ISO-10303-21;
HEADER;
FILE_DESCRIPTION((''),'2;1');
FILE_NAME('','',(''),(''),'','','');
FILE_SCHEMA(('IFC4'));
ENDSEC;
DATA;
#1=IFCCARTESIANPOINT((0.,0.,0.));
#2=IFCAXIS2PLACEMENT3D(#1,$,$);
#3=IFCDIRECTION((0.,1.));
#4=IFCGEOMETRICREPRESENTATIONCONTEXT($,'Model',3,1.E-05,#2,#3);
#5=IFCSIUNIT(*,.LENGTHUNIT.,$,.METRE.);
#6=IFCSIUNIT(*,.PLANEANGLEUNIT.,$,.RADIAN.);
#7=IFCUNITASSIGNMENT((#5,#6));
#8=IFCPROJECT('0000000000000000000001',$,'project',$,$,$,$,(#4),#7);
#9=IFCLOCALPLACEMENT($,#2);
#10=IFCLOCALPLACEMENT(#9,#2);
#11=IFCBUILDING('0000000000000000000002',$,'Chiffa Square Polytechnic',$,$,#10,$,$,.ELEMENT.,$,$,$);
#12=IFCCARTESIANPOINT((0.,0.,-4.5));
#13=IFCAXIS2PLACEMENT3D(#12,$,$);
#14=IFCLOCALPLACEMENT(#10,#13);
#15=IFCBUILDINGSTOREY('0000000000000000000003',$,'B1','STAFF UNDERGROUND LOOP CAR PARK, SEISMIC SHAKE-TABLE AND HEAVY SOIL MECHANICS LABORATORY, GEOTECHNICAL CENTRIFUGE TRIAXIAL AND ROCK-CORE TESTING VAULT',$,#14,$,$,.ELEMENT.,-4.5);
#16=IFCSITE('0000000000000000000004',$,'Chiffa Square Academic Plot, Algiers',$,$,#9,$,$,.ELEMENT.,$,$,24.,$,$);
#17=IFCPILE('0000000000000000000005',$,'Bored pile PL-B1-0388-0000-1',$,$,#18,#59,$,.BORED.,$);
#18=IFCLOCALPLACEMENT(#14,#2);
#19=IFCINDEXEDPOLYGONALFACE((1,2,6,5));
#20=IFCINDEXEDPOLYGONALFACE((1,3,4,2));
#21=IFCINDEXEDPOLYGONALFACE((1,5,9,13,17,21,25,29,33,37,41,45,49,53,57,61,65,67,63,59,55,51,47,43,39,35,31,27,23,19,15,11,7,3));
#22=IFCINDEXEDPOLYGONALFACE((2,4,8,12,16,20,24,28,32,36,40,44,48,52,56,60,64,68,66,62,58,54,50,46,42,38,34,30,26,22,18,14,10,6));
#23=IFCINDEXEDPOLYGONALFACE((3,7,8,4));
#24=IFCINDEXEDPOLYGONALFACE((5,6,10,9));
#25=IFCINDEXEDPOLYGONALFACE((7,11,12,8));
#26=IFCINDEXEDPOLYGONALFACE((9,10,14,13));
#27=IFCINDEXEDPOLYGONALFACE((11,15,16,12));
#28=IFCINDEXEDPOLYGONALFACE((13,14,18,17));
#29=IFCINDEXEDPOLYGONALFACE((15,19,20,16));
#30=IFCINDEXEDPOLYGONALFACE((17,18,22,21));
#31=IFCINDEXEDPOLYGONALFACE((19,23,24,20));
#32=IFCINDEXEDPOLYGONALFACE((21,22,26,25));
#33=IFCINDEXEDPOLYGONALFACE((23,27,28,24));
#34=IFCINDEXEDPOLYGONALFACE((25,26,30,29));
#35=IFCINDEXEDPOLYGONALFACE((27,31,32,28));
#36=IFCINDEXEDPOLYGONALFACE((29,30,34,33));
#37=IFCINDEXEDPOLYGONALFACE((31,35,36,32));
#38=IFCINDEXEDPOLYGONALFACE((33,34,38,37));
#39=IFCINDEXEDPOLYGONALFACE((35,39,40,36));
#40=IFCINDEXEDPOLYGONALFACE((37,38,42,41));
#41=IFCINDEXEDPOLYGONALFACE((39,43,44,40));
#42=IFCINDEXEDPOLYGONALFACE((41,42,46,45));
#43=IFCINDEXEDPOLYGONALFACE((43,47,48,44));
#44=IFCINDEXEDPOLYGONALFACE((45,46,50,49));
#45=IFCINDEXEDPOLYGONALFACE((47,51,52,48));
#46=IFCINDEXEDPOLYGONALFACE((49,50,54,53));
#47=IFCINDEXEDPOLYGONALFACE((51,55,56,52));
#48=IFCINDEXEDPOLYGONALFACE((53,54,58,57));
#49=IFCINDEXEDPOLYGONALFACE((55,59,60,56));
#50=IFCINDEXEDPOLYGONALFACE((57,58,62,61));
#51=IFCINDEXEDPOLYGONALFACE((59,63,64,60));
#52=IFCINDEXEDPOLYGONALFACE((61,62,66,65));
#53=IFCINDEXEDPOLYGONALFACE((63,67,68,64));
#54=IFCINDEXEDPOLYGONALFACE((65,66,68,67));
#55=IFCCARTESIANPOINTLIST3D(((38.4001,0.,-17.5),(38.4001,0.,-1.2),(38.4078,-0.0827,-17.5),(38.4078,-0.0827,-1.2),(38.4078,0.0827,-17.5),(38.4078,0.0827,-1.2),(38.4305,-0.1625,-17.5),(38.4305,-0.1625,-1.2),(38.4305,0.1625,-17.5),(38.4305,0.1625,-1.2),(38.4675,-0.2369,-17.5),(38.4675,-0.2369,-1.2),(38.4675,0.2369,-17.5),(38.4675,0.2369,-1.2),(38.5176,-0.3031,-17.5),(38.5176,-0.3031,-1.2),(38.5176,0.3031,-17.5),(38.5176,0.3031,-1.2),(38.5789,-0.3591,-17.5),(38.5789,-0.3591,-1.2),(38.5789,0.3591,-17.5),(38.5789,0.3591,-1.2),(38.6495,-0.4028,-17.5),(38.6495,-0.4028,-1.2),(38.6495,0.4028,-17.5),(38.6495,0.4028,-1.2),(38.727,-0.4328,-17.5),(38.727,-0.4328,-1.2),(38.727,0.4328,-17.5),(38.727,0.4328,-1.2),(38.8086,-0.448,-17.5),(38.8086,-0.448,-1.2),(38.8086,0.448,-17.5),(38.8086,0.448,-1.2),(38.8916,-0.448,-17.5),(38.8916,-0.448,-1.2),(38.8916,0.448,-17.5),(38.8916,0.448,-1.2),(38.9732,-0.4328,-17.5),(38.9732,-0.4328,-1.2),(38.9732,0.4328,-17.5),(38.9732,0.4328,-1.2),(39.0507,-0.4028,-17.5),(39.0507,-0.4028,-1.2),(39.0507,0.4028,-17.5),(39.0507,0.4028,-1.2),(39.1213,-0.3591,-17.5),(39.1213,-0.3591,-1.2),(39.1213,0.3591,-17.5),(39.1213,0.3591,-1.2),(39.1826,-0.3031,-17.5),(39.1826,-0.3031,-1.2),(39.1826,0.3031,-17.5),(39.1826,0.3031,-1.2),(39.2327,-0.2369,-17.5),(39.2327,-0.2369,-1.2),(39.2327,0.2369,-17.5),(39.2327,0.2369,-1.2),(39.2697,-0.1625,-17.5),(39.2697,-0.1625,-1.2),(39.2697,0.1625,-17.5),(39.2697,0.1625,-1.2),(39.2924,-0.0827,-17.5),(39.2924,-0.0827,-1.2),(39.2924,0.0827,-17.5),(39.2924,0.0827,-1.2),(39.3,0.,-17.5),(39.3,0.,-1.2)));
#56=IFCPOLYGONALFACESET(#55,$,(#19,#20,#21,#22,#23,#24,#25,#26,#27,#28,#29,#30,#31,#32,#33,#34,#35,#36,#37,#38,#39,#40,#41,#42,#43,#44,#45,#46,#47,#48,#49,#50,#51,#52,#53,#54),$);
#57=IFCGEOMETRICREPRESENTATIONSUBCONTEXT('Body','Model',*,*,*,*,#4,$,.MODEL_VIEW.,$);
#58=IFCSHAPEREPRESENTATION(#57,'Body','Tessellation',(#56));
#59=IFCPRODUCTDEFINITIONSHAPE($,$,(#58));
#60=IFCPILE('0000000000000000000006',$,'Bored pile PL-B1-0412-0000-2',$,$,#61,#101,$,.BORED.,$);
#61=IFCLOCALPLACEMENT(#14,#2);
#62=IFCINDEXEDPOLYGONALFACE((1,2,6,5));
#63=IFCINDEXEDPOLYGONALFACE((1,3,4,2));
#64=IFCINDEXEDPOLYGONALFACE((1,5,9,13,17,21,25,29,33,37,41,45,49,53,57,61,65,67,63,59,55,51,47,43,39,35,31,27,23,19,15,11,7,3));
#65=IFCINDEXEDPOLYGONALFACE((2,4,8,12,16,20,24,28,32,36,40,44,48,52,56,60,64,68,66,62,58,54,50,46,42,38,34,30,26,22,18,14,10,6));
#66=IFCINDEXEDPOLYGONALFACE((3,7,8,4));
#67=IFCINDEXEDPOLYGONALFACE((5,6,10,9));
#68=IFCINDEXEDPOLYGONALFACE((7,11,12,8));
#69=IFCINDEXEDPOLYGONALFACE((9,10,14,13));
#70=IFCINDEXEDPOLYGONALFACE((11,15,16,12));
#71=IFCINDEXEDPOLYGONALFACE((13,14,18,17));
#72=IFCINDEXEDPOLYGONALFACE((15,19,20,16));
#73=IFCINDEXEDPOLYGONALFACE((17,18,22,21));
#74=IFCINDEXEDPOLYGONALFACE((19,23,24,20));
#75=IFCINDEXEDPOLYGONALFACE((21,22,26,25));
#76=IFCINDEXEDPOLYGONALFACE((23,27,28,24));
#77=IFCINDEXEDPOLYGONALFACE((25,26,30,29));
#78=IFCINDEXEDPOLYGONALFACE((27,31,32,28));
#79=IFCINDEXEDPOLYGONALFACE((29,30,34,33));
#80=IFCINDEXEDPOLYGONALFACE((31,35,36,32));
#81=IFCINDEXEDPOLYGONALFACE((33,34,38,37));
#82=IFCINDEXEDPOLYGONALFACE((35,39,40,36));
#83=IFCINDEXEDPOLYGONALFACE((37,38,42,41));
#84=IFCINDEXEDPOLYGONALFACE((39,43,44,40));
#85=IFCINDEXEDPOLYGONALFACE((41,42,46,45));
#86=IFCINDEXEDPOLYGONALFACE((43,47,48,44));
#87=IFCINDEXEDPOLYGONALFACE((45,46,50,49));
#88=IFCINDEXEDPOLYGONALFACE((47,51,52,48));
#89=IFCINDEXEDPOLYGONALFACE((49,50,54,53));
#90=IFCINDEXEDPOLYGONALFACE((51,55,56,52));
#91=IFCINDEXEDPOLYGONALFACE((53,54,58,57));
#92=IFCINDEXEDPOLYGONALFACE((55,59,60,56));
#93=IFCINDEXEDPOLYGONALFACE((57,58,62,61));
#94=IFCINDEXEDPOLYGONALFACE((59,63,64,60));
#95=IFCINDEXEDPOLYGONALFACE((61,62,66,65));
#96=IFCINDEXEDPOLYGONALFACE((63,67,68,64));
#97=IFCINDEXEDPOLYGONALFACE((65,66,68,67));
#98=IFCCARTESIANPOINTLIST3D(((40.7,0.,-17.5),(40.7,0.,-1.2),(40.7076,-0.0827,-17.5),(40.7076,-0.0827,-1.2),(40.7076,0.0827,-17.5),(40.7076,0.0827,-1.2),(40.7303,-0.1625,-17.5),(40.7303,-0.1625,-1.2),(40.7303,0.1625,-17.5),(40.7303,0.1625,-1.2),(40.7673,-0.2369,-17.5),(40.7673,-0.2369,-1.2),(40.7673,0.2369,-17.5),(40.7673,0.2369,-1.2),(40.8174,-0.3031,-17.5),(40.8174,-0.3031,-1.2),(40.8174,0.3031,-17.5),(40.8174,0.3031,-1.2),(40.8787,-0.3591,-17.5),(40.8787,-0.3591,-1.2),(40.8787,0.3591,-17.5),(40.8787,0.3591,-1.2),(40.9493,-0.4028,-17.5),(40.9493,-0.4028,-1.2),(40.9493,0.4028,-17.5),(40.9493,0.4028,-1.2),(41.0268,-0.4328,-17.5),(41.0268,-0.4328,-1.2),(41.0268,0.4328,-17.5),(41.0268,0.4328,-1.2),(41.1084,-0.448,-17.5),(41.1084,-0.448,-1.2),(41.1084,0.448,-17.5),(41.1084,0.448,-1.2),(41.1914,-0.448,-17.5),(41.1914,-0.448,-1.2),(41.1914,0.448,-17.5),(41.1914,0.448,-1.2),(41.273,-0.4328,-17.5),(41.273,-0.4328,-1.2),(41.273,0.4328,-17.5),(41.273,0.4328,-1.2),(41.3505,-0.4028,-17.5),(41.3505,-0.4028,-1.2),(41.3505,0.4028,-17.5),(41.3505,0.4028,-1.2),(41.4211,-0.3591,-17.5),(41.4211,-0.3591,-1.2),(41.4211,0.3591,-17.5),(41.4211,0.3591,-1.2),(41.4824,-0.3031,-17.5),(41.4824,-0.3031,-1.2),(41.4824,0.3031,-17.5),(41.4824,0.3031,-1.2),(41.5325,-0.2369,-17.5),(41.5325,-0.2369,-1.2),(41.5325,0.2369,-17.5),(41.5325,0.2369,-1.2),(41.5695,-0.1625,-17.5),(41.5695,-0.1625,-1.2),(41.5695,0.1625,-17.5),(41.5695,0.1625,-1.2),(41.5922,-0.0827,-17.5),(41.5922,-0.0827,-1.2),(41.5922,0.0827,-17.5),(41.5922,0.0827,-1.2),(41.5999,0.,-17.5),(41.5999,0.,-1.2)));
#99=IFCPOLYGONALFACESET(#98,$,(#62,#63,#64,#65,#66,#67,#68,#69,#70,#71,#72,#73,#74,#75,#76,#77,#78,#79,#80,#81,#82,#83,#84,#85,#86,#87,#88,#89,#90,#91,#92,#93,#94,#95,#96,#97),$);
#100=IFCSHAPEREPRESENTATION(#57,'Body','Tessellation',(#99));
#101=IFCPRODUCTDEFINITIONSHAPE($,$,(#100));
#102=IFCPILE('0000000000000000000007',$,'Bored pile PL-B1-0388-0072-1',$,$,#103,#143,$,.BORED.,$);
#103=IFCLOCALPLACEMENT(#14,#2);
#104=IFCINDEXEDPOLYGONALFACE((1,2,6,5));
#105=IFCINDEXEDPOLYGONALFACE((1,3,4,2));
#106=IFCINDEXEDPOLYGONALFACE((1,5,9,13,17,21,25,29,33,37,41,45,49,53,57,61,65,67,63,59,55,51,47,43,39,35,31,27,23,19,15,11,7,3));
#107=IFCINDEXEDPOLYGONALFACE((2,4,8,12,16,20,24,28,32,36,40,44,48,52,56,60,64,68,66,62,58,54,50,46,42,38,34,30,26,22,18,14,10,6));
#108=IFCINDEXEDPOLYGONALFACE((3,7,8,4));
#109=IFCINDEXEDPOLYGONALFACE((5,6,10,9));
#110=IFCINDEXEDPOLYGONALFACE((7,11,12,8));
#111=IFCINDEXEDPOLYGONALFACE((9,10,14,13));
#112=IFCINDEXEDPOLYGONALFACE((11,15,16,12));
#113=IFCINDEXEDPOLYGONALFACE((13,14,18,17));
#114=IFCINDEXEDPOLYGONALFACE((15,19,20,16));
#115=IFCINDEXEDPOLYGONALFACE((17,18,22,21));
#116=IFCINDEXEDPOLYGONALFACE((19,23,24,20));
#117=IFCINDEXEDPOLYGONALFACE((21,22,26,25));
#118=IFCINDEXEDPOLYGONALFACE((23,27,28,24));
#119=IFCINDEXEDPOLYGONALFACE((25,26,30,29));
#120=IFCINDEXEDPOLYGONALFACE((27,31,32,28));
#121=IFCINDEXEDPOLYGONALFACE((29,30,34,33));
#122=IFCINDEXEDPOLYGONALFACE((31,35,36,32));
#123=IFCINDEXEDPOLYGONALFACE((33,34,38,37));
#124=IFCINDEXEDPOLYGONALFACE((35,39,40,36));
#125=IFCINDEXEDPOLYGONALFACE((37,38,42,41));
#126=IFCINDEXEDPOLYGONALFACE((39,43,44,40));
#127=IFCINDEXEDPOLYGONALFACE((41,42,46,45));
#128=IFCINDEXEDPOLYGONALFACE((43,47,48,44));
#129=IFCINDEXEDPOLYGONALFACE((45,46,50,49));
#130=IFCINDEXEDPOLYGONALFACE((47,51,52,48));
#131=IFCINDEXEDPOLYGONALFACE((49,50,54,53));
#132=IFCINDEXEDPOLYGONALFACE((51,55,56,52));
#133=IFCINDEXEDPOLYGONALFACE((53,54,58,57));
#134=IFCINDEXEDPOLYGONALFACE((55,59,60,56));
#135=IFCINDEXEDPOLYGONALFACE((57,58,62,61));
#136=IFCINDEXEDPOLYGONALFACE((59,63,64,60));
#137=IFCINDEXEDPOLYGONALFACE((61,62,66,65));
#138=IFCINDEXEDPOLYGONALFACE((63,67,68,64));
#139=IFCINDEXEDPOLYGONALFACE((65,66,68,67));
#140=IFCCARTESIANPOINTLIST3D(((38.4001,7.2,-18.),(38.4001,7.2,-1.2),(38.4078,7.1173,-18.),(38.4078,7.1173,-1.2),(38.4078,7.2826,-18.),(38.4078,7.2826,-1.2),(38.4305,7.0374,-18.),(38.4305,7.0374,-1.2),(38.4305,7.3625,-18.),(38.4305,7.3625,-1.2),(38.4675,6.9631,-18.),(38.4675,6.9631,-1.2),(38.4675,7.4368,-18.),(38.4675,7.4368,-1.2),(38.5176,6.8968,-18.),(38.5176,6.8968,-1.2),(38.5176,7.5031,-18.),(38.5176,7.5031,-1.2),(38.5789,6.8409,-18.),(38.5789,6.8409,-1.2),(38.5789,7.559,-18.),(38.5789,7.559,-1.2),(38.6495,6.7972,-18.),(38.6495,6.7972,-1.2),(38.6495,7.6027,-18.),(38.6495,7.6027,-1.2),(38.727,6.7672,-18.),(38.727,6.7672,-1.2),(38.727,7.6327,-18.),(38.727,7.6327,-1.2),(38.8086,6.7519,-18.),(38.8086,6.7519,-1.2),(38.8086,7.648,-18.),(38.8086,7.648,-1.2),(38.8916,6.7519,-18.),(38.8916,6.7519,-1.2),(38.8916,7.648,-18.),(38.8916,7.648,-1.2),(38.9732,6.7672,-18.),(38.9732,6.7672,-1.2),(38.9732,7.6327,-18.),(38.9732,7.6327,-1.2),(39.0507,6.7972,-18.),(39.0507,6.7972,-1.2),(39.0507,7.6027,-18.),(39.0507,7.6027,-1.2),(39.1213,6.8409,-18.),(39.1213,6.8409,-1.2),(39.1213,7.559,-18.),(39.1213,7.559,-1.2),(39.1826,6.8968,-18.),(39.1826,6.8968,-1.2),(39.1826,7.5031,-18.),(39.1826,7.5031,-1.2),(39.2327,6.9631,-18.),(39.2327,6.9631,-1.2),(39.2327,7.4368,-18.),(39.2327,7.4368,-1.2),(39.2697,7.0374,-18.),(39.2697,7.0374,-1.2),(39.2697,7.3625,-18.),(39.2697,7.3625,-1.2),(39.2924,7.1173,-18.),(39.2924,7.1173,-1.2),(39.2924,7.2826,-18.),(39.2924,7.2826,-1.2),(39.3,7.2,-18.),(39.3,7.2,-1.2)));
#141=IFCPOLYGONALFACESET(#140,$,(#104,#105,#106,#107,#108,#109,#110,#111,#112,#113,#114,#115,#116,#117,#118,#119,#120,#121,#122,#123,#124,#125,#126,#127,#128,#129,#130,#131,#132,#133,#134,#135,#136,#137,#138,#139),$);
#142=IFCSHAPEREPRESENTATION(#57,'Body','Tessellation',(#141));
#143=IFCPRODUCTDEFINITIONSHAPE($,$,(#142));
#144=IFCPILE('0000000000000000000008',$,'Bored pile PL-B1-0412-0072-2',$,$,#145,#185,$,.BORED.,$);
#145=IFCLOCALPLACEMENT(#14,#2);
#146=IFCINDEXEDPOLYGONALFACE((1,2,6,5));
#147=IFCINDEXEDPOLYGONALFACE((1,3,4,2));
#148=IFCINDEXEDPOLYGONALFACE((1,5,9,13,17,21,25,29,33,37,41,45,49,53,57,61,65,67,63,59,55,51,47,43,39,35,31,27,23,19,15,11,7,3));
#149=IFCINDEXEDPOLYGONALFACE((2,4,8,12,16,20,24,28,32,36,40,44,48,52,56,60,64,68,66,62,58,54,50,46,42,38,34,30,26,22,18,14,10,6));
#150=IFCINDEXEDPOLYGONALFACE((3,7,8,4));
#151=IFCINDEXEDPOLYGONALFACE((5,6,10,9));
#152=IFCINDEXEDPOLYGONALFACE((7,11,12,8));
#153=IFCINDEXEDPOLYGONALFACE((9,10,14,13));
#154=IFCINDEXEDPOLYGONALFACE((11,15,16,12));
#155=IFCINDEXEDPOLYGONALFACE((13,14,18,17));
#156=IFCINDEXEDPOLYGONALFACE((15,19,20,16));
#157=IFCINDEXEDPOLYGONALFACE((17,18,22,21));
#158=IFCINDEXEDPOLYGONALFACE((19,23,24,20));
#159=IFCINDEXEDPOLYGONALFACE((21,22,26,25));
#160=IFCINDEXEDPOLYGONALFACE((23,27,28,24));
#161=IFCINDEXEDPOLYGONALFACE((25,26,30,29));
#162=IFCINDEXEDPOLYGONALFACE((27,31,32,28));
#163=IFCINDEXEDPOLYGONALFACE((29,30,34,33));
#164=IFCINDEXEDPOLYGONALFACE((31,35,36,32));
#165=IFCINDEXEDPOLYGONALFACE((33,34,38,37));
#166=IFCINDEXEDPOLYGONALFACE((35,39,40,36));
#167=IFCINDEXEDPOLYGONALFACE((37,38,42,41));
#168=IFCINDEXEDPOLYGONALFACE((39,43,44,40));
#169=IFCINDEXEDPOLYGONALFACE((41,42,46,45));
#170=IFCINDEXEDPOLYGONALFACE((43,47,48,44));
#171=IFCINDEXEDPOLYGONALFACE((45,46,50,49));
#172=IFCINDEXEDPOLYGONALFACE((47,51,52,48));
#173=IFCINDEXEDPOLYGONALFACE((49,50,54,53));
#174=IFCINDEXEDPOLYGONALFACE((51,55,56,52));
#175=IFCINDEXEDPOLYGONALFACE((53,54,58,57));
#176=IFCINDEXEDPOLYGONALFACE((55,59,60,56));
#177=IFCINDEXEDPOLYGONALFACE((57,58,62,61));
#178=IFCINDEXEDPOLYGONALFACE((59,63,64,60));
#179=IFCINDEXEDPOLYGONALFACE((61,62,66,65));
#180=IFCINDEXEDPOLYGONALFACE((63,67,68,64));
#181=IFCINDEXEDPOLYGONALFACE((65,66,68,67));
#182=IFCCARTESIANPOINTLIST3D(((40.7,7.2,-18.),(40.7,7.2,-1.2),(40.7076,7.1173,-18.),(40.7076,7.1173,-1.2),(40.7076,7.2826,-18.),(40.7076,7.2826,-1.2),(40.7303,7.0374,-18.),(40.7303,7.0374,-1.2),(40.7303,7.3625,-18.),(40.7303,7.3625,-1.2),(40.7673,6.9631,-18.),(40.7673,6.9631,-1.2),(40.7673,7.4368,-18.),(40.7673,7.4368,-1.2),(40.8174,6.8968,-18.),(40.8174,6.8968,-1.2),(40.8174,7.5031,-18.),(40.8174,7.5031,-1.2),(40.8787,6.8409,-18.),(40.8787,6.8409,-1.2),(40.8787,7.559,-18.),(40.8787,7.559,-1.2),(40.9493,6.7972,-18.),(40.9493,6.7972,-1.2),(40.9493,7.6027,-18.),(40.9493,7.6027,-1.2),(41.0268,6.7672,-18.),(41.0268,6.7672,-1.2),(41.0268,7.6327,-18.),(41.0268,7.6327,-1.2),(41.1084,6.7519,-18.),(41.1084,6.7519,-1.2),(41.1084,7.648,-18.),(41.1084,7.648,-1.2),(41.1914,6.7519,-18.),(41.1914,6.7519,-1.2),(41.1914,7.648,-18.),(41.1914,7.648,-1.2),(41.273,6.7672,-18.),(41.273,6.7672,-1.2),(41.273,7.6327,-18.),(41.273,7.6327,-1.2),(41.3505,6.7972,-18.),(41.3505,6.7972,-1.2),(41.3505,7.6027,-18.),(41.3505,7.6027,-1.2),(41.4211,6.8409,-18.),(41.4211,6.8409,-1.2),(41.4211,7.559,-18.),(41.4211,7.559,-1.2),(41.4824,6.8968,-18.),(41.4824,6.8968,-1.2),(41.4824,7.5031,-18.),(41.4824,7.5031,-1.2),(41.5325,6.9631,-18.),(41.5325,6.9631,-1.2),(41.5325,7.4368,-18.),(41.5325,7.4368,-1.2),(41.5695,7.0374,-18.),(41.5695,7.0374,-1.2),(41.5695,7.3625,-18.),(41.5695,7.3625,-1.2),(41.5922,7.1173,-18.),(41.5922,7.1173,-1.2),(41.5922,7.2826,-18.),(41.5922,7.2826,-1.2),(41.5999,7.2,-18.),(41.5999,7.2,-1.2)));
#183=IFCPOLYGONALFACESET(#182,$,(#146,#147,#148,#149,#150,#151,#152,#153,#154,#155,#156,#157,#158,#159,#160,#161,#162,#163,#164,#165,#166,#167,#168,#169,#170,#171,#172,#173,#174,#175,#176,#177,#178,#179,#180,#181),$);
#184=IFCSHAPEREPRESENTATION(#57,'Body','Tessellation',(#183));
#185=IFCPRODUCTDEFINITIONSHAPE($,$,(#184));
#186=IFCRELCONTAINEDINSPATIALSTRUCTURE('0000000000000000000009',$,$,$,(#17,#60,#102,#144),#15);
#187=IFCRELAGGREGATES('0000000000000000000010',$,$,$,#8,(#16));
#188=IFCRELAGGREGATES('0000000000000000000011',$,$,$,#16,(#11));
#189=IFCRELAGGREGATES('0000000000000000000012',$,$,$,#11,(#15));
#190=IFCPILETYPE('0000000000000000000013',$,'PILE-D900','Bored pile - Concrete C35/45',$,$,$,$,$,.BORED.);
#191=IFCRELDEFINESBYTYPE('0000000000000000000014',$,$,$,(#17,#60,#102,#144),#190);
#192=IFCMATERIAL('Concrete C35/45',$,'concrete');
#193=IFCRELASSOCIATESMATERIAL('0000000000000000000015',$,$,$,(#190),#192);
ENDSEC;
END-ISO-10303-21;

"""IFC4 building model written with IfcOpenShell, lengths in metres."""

from ifc_helpers import new_model, si_unit, direction, frame, origin, origin_2d, place, context, subcontext, project, spatial, circle, extrude, material, material_profile, profile_set, type_object, element, save


model = new_model("IFC4")

# Units and contexts
model_context = context("Model", 3, precision=1e-05, world=origin(), true_north=direction((0.0, 1.0)))
body_context = subcontext(model_context, "Body", "Model", "MODEL_VIEW")
ifc_project = project(units=[si_unit("LENGTHUNIT", "METRE"), si_unit("PLANEANGLEUNIT", "RADIAN")], contexts=[model_context])

# Site, building, storey
site_placement = place(None, origin())
site = spatial("IfcSite", under=ifc_project, at=site_placement, Name="Chiffa Square Academic Plot, Algiers", CompositionType="ELEMENT", RefElevation=24.0)
building_placement = place(site_placement, origin())
building = spatial("IfcBuilding", under=site, at=building_placement, Name="Chiffa Square Polytechnic", CompositionType="ELEMENT")
storey_placement = place(building_placement, frame((0.0, 0.0, -4.5)))
storey = spatial("IfcBuildingStorey", under=building, at=storey_placement, Name="B1", Description="STAFF UNDERGROUND LOOP CAR PARK, SEISMIC SHAKE-TABLE AND HEAVY SOIL MECHANICS LABORATORY, GEOTECHNICAL CENTRIFUGE TRIAXIAL AND ROCK-CORE TESTING VAULT", CompositionType="ELEMENT", Elevation=-4.5)

# Shared definitions
ifc_material_1 = material(Name="Concrete C35/45", Category="concrete")

# Piles
ifc_material_profile_1 = material_profile(ifc_material_1, circle(Radius=0.45, at=origin_2d()), Name="PILE D900")
ifc_profile_set_1 = profile_set([ifc_material_profile_1], Name="Concrete C35/45")
pile_type_1 = type_object("IfcPileType", Name="PILE-D900", Description="Bored pile - Concrete C35/45", PredefinedType="BORED", material=ifc_profile_set_1)
for number, where, z_axis, x_axis, name in (
    (1, (38.8501, 0.0, -1.2), (0.0, 0.0, -1.0), (1.0, 0.0, 0.0), "Bored pile PL-B1-0388-0000-1"),
    (2, (41.1499, 0.0, -1.2), (0.0, 0.0, -1.0), (1.0, 0.0, 0.0), "Bored pile PL-B1-0412-0000-2"),
):
    element("IfcPile", number, at=place(storey_placement, frame(where, z_axis=z_axis, x_axis=x_axis)), inside=storey, type_object=pile_type_1, Name=name, PredefinedType="BORED", context=body_context, shape_type="SweptSolid", body=[
        extrude(circle(Radius=0.45, at=origin_2d()), origin(), (0.0, 0.0, 1.0), 16.3),
    ])
for number, where, z_axis, x_axis, name in (
    (3, (38.8501, 7.2, -1.2), (0.0, 0.0, -1.0), (1.0, 0.0, 0.0), "Bored pile PL-B1-0388-0072-1"),
    (4, (41.1499, 7.2, -1.2), (0.0, 0.0, -1.0), (1.0, 0.0, 0.0), "Bored pile PL-B1-0412-0072-2"),
):
    element("IfcPile", number, at=place(storey_placement, frame(where, z_axis=z_axis, x_axis=x_axis)), inside=storey, type_object=pile_type_1, Name=name, PredefinedType="BORED", context=body_context, shape_type="SweptSolid", body=[
        extrude(circle(Radius=0.45, at=origin_2d()), origin(), (0.0, 0.0, 1.0), 16.8),
    ])

save(model, "model.ifc")
